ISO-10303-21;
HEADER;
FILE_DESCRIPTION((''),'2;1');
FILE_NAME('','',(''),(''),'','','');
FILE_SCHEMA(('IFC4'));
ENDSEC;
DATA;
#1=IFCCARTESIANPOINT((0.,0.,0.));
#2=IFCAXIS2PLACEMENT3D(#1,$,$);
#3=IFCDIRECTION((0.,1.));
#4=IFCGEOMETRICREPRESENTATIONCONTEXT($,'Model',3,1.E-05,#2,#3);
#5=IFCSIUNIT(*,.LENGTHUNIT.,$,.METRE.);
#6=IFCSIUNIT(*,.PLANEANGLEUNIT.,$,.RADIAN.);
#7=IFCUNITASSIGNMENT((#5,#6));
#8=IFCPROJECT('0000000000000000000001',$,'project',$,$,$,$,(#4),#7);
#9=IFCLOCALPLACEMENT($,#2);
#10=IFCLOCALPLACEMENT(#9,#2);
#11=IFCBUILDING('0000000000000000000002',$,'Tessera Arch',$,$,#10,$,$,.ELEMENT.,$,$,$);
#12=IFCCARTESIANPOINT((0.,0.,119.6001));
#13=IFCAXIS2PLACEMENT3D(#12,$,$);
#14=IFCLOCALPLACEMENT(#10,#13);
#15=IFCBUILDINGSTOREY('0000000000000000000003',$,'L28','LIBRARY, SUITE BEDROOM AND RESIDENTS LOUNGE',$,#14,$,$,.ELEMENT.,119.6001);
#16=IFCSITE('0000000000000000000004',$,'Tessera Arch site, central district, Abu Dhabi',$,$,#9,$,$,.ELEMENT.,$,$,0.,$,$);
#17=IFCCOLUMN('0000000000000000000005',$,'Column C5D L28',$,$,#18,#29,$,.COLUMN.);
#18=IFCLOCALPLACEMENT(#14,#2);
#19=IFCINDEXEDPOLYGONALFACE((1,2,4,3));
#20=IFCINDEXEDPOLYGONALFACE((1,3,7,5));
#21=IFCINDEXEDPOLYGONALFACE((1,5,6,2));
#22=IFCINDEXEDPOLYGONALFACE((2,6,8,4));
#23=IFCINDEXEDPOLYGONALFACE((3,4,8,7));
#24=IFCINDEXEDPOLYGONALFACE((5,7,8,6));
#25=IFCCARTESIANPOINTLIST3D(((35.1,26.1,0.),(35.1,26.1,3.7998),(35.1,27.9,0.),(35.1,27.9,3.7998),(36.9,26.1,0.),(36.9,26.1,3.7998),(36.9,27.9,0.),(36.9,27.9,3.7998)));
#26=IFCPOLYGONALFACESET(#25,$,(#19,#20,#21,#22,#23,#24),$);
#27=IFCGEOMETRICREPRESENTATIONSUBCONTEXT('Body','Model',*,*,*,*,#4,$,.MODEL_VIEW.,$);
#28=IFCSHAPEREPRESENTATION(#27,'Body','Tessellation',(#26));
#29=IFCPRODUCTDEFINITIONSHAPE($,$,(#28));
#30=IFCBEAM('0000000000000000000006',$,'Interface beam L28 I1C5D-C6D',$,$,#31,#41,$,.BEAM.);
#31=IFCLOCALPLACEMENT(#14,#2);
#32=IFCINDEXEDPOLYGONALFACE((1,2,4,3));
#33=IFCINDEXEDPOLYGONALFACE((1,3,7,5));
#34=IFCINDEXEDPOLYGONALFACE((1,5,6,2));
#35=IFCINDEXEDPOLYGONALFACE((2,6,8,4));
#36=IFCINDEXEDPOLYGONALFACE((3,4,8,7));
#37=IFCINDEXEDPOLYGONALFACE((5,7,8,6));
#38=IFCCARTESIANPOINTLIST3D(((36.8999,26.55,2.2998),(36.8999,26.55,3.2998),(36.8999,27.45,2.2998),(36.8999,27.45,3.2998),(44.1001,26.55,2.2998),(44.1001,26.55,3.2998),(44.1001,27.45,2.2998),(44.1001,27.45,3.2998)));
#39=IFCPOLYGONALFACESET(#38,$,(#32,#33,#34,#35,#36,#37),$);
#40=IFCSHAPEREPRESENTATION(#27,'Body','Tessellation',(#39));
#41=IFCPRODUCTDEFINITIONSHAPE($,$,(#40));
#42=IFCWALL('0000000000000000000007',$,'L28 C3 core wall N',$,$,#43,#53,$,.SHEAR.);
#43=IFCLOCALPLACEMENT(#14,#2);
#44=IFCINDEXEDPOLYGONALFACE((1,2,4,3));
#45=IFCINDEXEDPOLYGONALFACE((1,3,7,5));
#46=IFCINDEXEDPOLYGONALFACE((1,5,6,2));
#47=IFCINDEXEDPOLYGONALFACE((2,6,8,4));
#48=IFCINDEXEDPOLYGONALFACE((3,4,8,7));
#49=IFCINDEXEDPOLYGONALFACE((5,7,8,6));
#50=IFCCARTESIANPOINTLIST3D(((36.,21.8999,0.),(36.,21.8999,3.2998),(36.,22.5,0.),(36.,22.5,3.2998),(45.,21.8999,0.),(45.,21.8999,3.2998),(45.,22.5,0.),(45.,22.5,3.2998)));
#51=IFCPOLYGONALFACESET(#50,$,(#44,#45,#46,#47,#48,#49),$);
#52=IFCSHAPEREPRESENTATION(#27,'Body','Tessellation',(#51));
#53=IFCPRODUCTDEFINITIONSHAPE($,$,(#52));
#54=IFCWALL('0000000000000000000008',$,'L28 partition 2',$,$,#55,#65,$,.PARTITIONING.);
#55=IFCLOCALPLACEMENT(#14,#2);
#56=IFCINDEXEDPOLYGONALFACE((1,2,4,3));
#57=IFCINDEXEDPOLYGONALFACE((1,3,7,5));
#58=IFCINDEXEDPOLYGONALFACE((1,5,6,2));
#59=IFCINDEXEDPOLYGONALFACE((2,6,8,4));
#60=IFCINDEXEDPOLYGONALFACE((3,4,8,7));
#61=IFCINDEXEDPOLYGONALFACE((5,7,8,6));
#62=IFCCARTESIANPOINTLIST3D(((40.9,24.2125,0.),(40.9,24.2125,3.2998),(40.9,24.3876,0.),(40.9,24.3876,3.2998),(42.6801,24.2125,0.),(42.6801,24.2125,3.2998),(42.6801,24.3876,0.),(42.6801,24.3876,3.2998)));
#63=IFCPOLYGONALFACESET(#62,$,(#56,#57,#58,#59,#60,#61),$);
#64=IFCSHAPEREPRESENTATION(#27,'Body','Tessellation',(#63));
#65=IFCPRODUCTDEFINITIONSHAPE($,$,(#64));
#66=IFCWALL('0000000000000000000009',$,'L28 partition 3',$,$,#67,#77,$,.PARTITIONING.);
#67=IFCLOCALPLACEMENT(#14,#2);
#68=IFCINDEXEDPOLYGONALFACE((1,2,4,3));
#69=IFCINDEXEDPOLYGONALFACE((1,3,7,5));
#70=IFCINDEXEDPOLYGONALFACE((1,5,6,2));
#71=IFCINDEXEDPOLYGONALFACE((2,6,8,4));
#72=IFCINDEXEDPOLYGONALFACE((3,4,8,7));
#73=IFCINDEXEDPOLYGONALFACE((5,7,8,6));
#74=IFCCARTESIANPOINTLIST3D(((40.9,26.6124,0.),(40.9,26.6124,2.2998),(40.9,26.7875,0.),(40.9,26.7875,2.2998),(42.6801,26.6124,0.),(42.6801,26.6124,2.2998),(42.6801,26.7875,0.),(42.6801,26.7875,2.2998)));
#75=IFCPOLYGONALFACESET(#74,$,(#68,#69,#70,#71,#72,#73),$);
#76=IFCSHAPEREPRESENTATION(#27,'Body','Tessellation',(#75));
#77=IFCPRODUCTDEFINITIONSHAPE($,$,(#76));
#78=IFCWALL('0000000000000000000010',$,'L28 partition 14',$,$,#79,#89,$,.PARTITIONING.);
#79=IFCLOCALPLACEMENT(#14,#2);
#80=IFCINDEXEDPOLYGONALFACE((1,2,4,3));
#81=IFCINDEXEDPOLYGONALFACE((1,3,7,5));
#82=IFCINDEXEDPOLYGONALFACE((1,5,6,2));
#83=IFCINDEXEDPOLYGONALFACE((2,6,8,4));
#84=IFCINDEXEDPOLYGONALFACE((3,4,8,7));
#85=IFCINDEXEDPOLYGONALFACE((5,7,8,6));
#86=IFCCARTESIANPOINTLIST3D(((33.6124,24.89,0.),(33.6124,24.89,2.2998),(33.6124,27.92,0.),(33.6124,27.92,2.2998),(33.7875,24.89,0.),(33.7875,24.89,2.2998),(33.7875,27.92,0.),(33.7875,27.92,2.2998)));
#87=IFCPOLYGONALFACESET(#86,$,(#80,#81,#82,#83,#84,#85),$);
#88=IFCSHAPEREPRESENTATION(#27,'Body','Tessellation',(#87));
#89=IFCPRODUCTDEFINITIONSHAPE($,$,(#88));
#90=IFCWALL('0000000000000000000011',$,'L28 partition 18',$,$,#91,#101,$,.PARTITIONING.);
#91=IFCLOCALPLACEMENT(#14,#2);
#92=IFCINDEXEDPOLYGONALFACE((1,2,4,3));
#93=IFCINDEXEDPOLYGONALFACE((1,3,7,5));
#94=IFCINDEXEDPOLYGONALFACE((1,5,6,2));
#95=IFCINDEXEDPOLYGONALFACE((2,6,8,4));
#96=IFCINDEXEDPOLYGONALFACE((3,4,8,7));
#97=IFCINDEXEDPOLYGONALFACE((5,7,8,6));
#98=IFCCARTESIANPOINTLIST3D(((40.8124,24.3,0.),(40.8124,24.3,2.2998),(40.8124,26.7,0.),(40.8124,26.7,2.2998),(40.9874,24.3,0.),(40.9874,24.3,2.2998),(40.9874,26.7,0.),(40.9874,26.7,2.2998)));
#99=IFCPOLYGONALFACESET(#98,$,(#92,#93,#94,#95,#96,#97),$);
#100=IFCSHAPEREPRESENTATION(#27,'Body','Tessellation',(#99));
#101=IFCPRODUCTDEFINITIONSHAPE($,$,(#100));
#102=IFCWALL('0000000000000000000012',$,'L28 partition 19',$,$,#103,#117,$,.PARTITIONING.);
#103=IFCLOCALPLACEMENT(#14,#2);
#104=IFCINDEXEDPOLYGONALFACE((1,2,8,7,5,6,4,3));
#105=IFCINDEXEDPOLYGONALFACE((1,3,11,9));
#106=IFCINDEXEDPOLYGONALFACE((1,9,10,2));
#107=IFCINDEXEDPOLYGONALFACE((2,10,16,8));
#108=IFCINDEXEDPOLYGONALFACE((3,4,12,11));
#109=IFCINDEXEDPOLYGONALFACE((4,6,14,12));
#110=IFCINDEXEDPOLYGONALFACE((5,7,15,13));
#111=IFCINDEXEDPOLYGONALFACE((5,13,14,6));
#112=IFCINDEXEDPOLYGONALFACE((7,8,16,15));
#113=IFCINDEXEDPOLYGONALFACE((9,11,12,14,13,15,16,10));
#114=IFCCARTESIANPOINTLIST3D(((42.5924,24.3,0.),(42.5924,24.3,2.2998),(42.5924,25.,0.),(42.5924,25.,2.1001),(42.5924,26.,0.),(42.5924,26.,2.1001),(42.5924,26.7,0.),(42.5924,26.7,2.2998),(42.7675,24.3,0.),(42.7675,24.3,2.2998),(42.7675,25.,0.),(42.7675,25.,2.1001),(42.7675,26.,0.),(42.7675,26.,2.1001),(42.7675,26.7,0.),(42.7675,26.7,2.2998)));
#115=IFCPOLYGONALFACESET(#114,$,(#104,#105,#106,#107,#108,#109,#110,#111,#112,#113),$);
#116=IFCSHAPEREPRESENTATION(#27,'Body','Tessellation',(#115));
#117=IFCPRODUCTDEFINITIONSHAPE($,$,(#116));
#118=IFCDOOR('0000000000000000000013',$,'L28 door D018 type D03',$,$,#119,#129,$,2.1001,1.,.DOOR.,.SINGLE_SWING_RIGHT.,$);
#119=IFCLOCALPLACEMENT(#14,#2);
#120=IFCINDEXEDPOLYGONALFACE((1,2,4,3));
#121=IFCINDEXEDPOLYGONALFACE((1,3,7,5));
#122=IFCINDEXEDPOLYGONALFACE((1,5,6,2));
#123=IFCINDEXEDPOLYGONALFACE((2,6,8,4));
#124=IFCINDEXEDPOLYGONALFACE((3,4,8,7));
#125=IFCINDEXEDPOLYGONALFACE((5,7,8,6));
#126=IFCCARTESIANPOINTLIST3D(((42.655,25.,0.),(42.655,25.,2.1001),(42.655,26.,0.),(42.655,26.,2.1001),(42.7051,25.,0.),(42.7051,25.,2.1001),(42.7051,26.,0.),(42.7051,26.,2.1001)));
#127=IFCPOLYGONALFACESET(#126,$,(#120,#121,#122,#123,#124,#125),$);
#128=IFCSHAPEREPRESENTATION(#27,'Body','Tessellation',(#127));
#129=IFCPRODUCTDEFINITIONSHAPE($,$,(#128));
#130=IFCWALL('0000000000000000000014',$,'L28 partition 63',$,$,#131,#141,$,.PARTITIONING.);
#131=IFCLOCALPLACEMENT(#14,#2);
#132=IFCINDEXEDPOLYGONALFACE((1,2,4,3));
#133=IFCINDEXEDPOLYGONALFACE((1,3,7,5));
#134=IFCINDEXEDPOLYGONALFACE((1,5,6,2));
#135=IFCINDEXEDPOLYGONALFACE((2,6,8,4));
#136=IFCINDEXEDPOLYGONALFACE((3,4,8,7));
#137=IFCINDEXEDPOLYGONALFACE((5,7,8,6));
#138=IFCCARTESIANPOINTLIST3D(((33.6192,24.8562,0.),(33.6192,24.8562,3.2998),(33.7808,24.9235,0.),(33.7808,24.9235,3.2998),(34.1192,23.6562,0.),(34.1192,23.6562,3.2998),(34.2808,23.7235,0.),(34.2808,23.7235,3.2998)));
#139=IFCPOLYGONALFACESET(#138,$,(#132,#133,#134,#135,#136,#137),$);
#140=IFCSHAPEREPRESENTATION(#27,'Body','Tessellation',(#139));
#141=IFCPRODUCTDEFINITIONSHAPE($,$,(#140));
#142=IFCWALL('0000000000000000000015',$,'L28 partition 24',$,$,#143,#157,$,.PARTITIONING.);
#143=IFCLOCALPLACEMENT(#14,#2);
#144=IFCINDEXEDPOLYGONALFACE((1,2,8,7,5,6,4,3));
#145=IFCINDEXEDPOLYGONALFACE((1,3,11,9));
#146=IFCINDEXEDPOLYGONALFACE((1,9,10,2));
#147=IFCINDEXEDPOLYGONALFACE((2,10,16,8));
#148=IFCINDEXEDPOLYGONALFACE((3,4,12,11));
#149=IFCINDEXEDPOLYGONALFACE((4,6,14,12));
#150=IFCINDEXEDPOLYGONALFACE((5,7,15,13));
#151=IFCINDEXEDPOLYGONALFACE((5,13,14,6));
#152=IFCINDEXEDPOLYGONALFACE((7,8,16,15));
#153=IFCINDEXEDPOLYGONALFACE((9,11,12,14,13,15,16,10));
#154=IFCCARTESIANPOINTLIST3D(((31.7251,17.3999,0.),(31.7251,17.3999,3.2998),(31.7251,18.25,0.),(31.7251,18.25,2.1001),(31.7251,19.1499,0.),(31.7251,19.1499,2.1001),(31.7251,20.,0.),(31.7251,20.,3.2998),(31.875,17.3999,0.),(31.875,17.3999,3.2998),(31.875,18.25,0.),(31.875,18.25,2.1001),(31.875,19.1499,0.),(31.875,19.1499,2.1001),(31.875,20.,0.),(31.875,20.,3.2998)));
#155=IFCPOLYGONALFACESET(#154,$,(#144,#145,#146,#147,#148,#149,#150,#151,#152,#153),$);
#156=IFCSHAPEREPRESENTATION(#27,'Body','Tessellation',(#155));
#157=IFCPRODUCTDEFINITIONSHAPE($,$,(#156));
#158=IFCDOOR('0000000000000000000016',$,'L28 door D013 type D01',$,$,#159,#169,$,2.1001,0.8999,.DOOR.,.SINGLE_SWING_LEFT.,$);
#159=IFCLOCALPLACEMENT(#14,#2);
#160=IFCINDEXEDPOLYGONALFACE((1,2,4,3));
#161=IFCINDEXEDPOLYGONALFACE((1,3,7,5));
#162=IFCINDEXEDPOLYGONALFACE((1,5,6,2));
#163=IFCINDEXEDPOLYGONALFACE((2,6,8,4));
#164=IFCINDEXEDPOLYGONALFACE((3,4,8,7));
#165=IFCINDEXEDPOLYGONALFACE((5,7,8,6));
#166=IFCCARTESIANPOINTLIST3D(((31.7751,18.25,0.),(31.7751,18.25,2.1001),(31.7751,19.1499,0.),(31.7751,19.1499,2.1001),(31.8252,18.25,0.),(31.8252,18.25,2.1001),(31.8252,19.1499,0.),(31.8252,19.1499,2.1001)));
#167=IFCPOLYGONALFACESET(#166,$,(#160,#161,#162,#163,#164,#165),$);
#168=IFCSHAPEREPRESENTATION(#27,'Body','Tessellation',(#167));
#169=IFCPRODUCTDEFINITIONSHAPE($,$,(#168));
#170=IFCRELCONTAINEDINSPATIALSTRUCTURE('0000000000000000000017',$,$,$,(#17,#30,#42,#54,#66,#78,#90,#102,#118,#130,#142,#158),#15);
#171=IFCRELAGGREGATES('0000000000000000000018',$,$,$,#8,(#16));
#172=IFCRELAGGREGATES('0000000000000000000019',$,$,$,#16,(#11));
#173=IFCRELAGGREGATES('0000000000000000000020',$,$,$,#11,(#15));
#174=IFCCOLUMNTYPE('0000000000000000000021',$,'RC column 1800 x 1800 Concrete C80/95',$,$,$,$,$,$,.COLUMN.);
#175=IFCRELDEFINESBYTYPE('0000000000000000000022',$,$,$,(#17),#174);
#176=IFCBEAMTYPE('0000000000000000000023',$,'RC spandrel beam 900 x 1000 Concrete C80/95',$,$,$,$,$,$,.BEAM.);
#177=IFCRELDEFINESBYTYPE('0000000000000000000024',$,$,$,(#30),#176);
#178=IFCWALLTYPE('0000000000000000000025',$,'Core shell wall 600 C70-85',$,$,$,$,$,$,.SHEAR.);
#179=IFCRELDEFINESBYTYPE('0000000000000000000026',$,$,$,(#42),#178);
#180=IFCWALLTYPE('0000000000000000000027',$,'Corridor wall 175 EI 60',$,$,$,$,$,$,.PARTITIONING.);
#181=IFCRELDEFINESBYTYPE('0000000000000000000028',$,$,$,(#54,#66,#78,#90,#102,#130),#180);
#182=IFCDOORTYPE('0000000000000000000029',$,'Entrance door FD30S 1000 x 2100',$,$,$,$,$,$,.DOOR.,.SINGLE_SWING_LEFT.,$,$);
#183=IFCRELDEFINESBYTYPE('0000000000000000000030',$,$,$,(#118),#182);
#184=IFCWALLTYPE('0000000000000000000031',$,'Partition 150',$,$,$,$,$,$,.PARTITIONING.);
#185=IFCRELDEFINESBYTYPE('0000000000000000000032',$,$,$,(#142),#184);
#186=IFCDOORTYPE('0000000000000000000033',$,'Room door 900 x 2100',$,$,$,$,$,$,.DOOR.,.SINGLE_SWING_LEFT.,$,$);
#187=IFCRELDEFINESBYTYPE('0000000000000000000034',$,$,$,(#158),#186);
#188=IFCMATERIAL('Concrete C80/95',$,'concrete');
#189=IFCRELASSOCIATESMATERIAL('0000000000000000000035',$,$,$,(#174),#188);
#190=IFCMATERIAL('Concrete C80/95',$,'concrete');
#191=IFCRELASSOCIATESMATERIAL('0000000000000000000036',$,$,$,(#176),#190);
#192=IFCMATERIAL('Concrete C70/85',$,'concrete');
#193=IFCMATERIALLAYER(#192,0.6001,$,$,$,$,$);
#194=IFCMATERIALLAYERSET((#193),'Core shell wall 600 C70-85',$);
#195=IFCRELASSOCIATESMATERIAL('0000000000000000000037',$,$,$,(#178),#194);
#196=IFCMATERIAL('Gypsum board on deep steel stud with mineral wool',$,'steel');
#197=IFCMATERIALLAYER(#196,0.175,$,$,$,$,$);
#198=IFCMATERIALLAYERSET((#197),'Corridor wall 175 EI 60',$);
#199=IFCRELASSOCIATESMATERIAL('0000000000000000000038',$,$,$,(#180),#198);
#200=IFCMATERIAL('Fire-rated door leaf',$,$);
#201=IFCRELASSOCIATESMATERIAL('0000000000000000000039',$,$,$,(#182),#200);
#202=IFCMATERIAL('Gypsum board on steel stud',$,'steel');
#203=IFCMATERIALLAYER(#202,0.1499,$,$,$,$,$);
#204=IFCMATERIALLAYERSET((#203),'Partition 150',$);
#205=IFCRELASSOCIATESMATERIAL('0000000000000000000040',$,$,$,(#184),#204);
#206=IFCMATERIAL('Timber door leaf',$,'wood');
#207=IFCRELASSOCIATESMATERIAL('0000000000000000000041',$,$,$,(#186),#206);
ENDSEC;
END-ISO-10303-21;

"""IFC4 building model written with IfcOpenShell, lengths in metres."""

from ifc_helpers import new_model, si_unit, direction, frame, frame_2d, origin, origin_2d, place, context, subcontext, project, spatial, rectangle, extrude, material, layer, layer_set, material_profile, profile_set, type_object, element, fill, save


model = new_model("IFC4")

# Units and contexts
model_context = context("Model", 3, precision=1e-05, world=origin(), true_north=direction((0.0, 1.0)))
body_context = subcontext(model_context, "Body", "Model", "MODEL_VIEW")
ifc_project = project(units=[si_unit("LENGTHUNIT", "METRE"), si_unit("PLANEANGLEUNIT", "RADIAN")], contexts=[model_context])

# Site, building, storey
site_placement = place(None, origin())
site = spatial("IfcSite", under=ifc_project, at=site_placement, Name="Tessera Arch site, central district, Abu Dhabi", CompositionType="ELEMENT", RefElevation=0.0)
building_placement = place(site_placement, origin())
building = spatial("IfcBuilding", under=site, at=building_placement, Name="Tessera Arch", CompositionType="ELEMENT")
storey_placement = place(building_placement, frame((0.0, 0.0, 119.6001)))
storey = spatial("IfcBuildingStorey", under=building, at=storey_placement, Name="L28", Description="LIBRARY, SUITE BEDROOM AND RESIDENTS LOUNGE", CompositionType="ELEMENT", Elevation=119.6001)

# Column
ifc_material_1 = material(Name="Concrete C80/95", Category="concrete")
ifc_material_profile_1 = material_profile(ifc_material_1, rectangle(XDim=1.8, YDim=1.8, at=origin_2d()), Name="RC column 1800 x 1800 Concrete C80/95")
ifc_profile_set_1 = profile_set([ifc_material_profile_1], Name="Concrete C80/95")
column_type = type_object("IfcColumnType", Name="RC column 1800 x 1800 Concrete C80/95", PredefinedType="COLUMN", material=ifc_profile_set_1)
column_placement = place(storey_placement, frame((36.0, 27.0, 0.0), z_axis=(0.0, 0.0, 1.0), x_axis=(1.0, 0.0, 0.0)))
element("IfcColumn", 1, at=column_placement, inside=storey, type_object=column_type, Name="Column C5D L28", PredefinedType="COLUMN", context=body_context, shape_type="SweptSolid", body=[
    extrude(rectangle(XDim=1.8, YDim=1.8, at=origin_2d()), origin(), (0.0, 0.0, 1.0), 3.7998),
])

# Beam
ifc_material_2 = material(Name="Concrete C80/95", Category="concrete")
ifc_material_profile_2 = material_profile(ifc_material_2, rectangle(XDim=0.8999, YDim=1.0, at=origin_2d()), Name="RC spandrel beam 900 x 1000 Concrete C80/95")
ifc_profile_set_2 = profile_set([ifc_material_profile_2], Name="Concrete C80/95")
beam_type = type_object("IfcBeamType", Name="RC spandrel beam 900 x 1000 Concrete C80/95", PredefinedType="BEAM", material=ifc_profile_set_2)
beam_placement = place(storey_placement, frame((36.8999, 27.0, 2.7998), z_axis=(1.0, 0.0, 0.0), x_axis=(0.0, 1.0, 0.0)))
element("IfcBeam", 2, at=beam_placement, inside=storey, type_object=beam_type, Name="Interface beam L28 I1C5D-C6D", PredefinedType="BEAM", context=body_context, shape_type="SweptSolid", body=[
    extrude(rectangle(XDim=0.8999, YDim=1.0, at=origin_2d()), origin(), (0.0, 0.0, 1.0), 7.2002),
])

# Walls
ifc_material_3 = material(Name="Concrete C70/85", Category="concrete")
ifc_layer_1 = layer(ifc_material_3, 0.6001)
ifc_layer_set_1 = layer_set([ifc_layer_1], Name="Core shell wall 600 C70-85")
wall_type_1 = type_object("IfcWallType", Name="Core shell wall 600 C70-85", PredefinedType="SHEAR", material=ifc_layer_set_1)
wall_1_placement = place(storey_placement, frame((36.0, 22.2, 0.0), z_axis=(0.0, 0.0, 1.0), x_axis=(1.0, 0.0, 0.0)))
element("IfcWall", 3, at=wall_1_placement, inside=storey, type_object=wall_type_1, Name="L28 C3 core wall N", PredefinedType="SHEAR", context=body_context, shape_type="SweptSolid", body=[
    extrude(rectangle(XDim=9.0, YDim=0.6001, at=frame_2d((4.5, 0.0))), origin(), (0.0, 0.0, 1.0), 3.2998),
])
ifc_material_4 = material(Name="Gypsum board on deep steel stud with mineral wool", Category="steel")
ifc_layer_2 = layer(ifc_material_4, 0.175)
ifc_layer_set_2 = layer_set([ifc_layer_2], Name="Corridor wall 175 EI 60")
wall_type_2 = type_object("IfcWallType", Name="Corridor wall 175 EI 60", PredefinedType="PARTITIONING", material=ifc_layer_set_2)
wall_2_placement = place(storey_placement, frame((40.8999, 24.3, 0.0), z_axis=(0.0, 0.0, 1.0), x_axis=(1.0, 0.0, 0.0)))
element("IfcWall", 4, at=wall_2_placement, inside=storey, type_object=wall_type_2, Name="L28 partition 2", PredefinedType="PARTITIONING", context=body_context, shape_type="SweptSolid", body=[
    extrude(rectangle(XDim=1.78, YDim=0.175, at=frame_2d((0.8901, 0.0))), origin(), (0.0, 0.0, 1.0), 3.2998),
])
wall_3_placement = place(storey_placement, frame((40.8999, 26.7, 0.0), z_axis=(0.0, 0.0, 1.0), x_axis=(1.0, 0.0, 0.0)))
element("IfcWall", 5, at=wall_3_placement, inside=storey, type_object=wall_type_2, Name="L28 partition 3", PredefinedType="PARTITIONING", context=body_context, shape_type="SweptSolid", body=[
    extrude(rectangle(XDim=1.78, YDim=0.175, at=frame_2d((0.8901, 0.0))), origin(), (0.0, 0.0, 1.0), 2.2998),
])
wall_4_placement = place(storey_placement, frame((33.7, 24.8899, 0.0), z_axis=(0.0, 0.0, 1.0), x_axis=(0.0, 1.0, 0.0)))
element("IfcWall", 6, at=wall_4_placement, inside=storey, type_object=wall_type_2, Name="L28 partition 14", PredefinedType="PARTITIONING", context=body_context, shape_type="SweptSolid", body=[
    extrude(rectangle(XDim=3.03, YDim=0.175, at=frame_2d((1.5151, 0.0))), origin(), (0.0, 0.0, 1.0), 2.2998),
])
wall_5_placement = place(storey_placement, frame((40.8999, 24.3, 0.0), z_axis=(0.0, 0.0, 1.0), x_axis=(0.0, 1.0, 0.0)))
element("IfcWall", 7, at=wall_5_placement, inside=storey, type_object=wall_type_2, Name="L28 partition 18", PredefinedType="PARTITIONING", context=body_context, shape_type="SweptSolid", body=[
    extrude(rectangle(XDim=2.3999, YDim=0.175, at=frame_2d((1.2, 0.0))), origin(), (0.0, 0.0, 1.0), 2.2998),
])

# Wall, opening, door
wall_6_placement = place(storey_placement, frame((42.6799, 24.3, 0.0), z_axis=(0.0, 0.0, 1.0), x_axis=(0.0, 1.0, 0.0)))
wall_6 = element("IfcWall", 8, at=wall_6_placement, inside=storey, type_object=wall_type_2, Name="L28 partition 19", PredefinedType="PARTITIONING", context=body_context, shape_type="SweptSolid", body=[
    extrude(rectangle(XDim=2.3999, YDim=0.175, at=frame_2d((1.2, 0.0))), origin(), (0.0, 0.0, 1.0), 2.2998),
])
opening_1_placement = place(wall_6_placement, frame((0.7, 0.0, 0.0)))
opening_1 = element("IfcOpeningElement", 9, at=opening_1_placement, cuts=wall_6, PredefinedType="OPENING", context=body_context, shape_type="SweptSolid", body=[
    extrude(rectangle(XDim=1.0, YDim=2.1001, at=frame_2d((0.5, 1.05))), frame((0.0, 0.0974, 0.0), z_axis=(0.0, -1.0, 0.0), x_axis=(1.0, 0.0, 0.0)), (0.0, 0.0, 1.0), 0.1951),
])
ifc_material_5 = material(Name="Fire-rated door leaf")
door_type_1 = type_object("IfcDoorType", Name="Entrance door FD30S 1000 x 2100", OperationType="SINGLE_SWING_LEFT", PredefinedType="DOOR", material=ifc_material_5)
door_1_placement = place(opening_1_placement, origin())
door_1 = element("IfcDoor", 10, at=door_1_placement, inside=storey, type_object=door_type_1, Name="L28 door D018 type D03", OperationType="SINGLE_SWING_RIGHT", OverallHeight=2.1001, OverallWidth=1.0, PredefinedType="DOOR", context=body_context, shape_type="SweptSolid", body=[
    extrude(rectangle(XDim=1.0, YDim=2.1001, at=frame_2d((0.5, 1.05))), frame((0.0, 0.0249, 0.0), z_axis=(0.0, -1.0, 0.0), x_axis=(1.0, 0.0, 0.0)), (0.0, 0.0, 1.0), 0.05),
])
fill(opening_1, door_1)

# Wall
wall_7_placement = place(storey_placement, frame((34.2, 23.6899, 0.0), z_axis=(0.0, 0.0, 1.0), x_axis=(-0.384629, 0.923071, 0.0)))
element("IfcWall", 11, at=wall_7_placement, inside=storey, type_object=wall_type_2, Name="L28 partition 63", PredefinedType="PARTITIONING", context=body_context, shape_type="SweptSolid", body=[
    extrude(rectangle(XDim=1.3, YDim=0.175, at=frame_2d((0.6499, 0.0))), origin(), (0.0, 0.0, 1.0), 3.2998),
])

# Wall, opening, door
ifc_material_6 = material(Name="Gypsum board on steel stud", Category="steel")
ifc_layer_3 = layer(ifc_material_6, 0.1499)
ifc_layer_set_3 = layer_set([ifc_layer_3], Name="Partition 150")
wall_type_3 = type_object("IfcWallType", Name="Partition 150", PredefinedType="PARTITIONING", material=ifc_layer_set_3)
wall_8_placement = place(storey_placement, frame((31.8, 17.3999, 0.0), z_axis=(0.0, 0.0, 1.0), x_axis=(0.0, 1.0, 0.0)))
wall_8 = element("IfcWall", 12, at=wall_8_placement, inside=storey, type_object=wall_type_3, Name="L28 partition 24", PredefinedType="PARTITIONING", context=body_context, shape_type="SweptSolid", body=[
    extrude(rectangle(XDim=2.6001, YDim=0.1499, at=frame_2d((1.3, 0.0))), origin(), (0.0, 0.0, 1.0), 3.2998),
])
opening_2_placement = place(wall_8_placement, frame((0.8501, 0.0, 0.0)))
opening_2 = element("IfcOpeningElement", 13, at=opening_2_placement, cuts=wall_8, PredefinedType="OPENING", context=body_context, shape_type="SweptSolid", body=[
    extrude(rectangle(XDim=0.8999, YDim=2.1001, at=frame_2d((0.45, 1.05))), frame((0.0, 0.085, 0.0), z_axis=(0.0, -1.0, 0.0), x_axis=(1.0, 0.0, 0.0)), (0.0, 0.0, 1.0), 0.1699),
])
ifc_material_7 = material(Name="Timber door leaf", Category="wood")
door_type_2 = type_object("IfcDoorType", Name="Room door 900 x 2100", OperationType="SINGLE_SWING_LEFT", PredefinedType="DOOR", material=ifc_material_7)
door_2_placement = place(opening_2_placement, origin())
door_2 = element("IfcDoor", 14, at=door_2_placement, inside=storey, type_object=door_type_2, Name="L28 door D013 type D01", OperationType="SINGLE_SWING_LEFT", OverallHeight=2.1001, OverallWidth=0.8999, PredefinedType="DOOR", context=body_context, shape_type="SweptSolid", body=[
    extrude(rectangle(XDim=0.8999, YDim=2.1001, at=frame_2d((0.45, 1.05))), frame((0.0, 0.0249, 0.0), z_axis=(0.0, -1.0, 0.0), x_axis=(1.0, 0.0, 0.0)), (0.0, 0.0, 1.0), 0.05),
])
fill(opening_2, door_2)

save(model, "model.ifc")
